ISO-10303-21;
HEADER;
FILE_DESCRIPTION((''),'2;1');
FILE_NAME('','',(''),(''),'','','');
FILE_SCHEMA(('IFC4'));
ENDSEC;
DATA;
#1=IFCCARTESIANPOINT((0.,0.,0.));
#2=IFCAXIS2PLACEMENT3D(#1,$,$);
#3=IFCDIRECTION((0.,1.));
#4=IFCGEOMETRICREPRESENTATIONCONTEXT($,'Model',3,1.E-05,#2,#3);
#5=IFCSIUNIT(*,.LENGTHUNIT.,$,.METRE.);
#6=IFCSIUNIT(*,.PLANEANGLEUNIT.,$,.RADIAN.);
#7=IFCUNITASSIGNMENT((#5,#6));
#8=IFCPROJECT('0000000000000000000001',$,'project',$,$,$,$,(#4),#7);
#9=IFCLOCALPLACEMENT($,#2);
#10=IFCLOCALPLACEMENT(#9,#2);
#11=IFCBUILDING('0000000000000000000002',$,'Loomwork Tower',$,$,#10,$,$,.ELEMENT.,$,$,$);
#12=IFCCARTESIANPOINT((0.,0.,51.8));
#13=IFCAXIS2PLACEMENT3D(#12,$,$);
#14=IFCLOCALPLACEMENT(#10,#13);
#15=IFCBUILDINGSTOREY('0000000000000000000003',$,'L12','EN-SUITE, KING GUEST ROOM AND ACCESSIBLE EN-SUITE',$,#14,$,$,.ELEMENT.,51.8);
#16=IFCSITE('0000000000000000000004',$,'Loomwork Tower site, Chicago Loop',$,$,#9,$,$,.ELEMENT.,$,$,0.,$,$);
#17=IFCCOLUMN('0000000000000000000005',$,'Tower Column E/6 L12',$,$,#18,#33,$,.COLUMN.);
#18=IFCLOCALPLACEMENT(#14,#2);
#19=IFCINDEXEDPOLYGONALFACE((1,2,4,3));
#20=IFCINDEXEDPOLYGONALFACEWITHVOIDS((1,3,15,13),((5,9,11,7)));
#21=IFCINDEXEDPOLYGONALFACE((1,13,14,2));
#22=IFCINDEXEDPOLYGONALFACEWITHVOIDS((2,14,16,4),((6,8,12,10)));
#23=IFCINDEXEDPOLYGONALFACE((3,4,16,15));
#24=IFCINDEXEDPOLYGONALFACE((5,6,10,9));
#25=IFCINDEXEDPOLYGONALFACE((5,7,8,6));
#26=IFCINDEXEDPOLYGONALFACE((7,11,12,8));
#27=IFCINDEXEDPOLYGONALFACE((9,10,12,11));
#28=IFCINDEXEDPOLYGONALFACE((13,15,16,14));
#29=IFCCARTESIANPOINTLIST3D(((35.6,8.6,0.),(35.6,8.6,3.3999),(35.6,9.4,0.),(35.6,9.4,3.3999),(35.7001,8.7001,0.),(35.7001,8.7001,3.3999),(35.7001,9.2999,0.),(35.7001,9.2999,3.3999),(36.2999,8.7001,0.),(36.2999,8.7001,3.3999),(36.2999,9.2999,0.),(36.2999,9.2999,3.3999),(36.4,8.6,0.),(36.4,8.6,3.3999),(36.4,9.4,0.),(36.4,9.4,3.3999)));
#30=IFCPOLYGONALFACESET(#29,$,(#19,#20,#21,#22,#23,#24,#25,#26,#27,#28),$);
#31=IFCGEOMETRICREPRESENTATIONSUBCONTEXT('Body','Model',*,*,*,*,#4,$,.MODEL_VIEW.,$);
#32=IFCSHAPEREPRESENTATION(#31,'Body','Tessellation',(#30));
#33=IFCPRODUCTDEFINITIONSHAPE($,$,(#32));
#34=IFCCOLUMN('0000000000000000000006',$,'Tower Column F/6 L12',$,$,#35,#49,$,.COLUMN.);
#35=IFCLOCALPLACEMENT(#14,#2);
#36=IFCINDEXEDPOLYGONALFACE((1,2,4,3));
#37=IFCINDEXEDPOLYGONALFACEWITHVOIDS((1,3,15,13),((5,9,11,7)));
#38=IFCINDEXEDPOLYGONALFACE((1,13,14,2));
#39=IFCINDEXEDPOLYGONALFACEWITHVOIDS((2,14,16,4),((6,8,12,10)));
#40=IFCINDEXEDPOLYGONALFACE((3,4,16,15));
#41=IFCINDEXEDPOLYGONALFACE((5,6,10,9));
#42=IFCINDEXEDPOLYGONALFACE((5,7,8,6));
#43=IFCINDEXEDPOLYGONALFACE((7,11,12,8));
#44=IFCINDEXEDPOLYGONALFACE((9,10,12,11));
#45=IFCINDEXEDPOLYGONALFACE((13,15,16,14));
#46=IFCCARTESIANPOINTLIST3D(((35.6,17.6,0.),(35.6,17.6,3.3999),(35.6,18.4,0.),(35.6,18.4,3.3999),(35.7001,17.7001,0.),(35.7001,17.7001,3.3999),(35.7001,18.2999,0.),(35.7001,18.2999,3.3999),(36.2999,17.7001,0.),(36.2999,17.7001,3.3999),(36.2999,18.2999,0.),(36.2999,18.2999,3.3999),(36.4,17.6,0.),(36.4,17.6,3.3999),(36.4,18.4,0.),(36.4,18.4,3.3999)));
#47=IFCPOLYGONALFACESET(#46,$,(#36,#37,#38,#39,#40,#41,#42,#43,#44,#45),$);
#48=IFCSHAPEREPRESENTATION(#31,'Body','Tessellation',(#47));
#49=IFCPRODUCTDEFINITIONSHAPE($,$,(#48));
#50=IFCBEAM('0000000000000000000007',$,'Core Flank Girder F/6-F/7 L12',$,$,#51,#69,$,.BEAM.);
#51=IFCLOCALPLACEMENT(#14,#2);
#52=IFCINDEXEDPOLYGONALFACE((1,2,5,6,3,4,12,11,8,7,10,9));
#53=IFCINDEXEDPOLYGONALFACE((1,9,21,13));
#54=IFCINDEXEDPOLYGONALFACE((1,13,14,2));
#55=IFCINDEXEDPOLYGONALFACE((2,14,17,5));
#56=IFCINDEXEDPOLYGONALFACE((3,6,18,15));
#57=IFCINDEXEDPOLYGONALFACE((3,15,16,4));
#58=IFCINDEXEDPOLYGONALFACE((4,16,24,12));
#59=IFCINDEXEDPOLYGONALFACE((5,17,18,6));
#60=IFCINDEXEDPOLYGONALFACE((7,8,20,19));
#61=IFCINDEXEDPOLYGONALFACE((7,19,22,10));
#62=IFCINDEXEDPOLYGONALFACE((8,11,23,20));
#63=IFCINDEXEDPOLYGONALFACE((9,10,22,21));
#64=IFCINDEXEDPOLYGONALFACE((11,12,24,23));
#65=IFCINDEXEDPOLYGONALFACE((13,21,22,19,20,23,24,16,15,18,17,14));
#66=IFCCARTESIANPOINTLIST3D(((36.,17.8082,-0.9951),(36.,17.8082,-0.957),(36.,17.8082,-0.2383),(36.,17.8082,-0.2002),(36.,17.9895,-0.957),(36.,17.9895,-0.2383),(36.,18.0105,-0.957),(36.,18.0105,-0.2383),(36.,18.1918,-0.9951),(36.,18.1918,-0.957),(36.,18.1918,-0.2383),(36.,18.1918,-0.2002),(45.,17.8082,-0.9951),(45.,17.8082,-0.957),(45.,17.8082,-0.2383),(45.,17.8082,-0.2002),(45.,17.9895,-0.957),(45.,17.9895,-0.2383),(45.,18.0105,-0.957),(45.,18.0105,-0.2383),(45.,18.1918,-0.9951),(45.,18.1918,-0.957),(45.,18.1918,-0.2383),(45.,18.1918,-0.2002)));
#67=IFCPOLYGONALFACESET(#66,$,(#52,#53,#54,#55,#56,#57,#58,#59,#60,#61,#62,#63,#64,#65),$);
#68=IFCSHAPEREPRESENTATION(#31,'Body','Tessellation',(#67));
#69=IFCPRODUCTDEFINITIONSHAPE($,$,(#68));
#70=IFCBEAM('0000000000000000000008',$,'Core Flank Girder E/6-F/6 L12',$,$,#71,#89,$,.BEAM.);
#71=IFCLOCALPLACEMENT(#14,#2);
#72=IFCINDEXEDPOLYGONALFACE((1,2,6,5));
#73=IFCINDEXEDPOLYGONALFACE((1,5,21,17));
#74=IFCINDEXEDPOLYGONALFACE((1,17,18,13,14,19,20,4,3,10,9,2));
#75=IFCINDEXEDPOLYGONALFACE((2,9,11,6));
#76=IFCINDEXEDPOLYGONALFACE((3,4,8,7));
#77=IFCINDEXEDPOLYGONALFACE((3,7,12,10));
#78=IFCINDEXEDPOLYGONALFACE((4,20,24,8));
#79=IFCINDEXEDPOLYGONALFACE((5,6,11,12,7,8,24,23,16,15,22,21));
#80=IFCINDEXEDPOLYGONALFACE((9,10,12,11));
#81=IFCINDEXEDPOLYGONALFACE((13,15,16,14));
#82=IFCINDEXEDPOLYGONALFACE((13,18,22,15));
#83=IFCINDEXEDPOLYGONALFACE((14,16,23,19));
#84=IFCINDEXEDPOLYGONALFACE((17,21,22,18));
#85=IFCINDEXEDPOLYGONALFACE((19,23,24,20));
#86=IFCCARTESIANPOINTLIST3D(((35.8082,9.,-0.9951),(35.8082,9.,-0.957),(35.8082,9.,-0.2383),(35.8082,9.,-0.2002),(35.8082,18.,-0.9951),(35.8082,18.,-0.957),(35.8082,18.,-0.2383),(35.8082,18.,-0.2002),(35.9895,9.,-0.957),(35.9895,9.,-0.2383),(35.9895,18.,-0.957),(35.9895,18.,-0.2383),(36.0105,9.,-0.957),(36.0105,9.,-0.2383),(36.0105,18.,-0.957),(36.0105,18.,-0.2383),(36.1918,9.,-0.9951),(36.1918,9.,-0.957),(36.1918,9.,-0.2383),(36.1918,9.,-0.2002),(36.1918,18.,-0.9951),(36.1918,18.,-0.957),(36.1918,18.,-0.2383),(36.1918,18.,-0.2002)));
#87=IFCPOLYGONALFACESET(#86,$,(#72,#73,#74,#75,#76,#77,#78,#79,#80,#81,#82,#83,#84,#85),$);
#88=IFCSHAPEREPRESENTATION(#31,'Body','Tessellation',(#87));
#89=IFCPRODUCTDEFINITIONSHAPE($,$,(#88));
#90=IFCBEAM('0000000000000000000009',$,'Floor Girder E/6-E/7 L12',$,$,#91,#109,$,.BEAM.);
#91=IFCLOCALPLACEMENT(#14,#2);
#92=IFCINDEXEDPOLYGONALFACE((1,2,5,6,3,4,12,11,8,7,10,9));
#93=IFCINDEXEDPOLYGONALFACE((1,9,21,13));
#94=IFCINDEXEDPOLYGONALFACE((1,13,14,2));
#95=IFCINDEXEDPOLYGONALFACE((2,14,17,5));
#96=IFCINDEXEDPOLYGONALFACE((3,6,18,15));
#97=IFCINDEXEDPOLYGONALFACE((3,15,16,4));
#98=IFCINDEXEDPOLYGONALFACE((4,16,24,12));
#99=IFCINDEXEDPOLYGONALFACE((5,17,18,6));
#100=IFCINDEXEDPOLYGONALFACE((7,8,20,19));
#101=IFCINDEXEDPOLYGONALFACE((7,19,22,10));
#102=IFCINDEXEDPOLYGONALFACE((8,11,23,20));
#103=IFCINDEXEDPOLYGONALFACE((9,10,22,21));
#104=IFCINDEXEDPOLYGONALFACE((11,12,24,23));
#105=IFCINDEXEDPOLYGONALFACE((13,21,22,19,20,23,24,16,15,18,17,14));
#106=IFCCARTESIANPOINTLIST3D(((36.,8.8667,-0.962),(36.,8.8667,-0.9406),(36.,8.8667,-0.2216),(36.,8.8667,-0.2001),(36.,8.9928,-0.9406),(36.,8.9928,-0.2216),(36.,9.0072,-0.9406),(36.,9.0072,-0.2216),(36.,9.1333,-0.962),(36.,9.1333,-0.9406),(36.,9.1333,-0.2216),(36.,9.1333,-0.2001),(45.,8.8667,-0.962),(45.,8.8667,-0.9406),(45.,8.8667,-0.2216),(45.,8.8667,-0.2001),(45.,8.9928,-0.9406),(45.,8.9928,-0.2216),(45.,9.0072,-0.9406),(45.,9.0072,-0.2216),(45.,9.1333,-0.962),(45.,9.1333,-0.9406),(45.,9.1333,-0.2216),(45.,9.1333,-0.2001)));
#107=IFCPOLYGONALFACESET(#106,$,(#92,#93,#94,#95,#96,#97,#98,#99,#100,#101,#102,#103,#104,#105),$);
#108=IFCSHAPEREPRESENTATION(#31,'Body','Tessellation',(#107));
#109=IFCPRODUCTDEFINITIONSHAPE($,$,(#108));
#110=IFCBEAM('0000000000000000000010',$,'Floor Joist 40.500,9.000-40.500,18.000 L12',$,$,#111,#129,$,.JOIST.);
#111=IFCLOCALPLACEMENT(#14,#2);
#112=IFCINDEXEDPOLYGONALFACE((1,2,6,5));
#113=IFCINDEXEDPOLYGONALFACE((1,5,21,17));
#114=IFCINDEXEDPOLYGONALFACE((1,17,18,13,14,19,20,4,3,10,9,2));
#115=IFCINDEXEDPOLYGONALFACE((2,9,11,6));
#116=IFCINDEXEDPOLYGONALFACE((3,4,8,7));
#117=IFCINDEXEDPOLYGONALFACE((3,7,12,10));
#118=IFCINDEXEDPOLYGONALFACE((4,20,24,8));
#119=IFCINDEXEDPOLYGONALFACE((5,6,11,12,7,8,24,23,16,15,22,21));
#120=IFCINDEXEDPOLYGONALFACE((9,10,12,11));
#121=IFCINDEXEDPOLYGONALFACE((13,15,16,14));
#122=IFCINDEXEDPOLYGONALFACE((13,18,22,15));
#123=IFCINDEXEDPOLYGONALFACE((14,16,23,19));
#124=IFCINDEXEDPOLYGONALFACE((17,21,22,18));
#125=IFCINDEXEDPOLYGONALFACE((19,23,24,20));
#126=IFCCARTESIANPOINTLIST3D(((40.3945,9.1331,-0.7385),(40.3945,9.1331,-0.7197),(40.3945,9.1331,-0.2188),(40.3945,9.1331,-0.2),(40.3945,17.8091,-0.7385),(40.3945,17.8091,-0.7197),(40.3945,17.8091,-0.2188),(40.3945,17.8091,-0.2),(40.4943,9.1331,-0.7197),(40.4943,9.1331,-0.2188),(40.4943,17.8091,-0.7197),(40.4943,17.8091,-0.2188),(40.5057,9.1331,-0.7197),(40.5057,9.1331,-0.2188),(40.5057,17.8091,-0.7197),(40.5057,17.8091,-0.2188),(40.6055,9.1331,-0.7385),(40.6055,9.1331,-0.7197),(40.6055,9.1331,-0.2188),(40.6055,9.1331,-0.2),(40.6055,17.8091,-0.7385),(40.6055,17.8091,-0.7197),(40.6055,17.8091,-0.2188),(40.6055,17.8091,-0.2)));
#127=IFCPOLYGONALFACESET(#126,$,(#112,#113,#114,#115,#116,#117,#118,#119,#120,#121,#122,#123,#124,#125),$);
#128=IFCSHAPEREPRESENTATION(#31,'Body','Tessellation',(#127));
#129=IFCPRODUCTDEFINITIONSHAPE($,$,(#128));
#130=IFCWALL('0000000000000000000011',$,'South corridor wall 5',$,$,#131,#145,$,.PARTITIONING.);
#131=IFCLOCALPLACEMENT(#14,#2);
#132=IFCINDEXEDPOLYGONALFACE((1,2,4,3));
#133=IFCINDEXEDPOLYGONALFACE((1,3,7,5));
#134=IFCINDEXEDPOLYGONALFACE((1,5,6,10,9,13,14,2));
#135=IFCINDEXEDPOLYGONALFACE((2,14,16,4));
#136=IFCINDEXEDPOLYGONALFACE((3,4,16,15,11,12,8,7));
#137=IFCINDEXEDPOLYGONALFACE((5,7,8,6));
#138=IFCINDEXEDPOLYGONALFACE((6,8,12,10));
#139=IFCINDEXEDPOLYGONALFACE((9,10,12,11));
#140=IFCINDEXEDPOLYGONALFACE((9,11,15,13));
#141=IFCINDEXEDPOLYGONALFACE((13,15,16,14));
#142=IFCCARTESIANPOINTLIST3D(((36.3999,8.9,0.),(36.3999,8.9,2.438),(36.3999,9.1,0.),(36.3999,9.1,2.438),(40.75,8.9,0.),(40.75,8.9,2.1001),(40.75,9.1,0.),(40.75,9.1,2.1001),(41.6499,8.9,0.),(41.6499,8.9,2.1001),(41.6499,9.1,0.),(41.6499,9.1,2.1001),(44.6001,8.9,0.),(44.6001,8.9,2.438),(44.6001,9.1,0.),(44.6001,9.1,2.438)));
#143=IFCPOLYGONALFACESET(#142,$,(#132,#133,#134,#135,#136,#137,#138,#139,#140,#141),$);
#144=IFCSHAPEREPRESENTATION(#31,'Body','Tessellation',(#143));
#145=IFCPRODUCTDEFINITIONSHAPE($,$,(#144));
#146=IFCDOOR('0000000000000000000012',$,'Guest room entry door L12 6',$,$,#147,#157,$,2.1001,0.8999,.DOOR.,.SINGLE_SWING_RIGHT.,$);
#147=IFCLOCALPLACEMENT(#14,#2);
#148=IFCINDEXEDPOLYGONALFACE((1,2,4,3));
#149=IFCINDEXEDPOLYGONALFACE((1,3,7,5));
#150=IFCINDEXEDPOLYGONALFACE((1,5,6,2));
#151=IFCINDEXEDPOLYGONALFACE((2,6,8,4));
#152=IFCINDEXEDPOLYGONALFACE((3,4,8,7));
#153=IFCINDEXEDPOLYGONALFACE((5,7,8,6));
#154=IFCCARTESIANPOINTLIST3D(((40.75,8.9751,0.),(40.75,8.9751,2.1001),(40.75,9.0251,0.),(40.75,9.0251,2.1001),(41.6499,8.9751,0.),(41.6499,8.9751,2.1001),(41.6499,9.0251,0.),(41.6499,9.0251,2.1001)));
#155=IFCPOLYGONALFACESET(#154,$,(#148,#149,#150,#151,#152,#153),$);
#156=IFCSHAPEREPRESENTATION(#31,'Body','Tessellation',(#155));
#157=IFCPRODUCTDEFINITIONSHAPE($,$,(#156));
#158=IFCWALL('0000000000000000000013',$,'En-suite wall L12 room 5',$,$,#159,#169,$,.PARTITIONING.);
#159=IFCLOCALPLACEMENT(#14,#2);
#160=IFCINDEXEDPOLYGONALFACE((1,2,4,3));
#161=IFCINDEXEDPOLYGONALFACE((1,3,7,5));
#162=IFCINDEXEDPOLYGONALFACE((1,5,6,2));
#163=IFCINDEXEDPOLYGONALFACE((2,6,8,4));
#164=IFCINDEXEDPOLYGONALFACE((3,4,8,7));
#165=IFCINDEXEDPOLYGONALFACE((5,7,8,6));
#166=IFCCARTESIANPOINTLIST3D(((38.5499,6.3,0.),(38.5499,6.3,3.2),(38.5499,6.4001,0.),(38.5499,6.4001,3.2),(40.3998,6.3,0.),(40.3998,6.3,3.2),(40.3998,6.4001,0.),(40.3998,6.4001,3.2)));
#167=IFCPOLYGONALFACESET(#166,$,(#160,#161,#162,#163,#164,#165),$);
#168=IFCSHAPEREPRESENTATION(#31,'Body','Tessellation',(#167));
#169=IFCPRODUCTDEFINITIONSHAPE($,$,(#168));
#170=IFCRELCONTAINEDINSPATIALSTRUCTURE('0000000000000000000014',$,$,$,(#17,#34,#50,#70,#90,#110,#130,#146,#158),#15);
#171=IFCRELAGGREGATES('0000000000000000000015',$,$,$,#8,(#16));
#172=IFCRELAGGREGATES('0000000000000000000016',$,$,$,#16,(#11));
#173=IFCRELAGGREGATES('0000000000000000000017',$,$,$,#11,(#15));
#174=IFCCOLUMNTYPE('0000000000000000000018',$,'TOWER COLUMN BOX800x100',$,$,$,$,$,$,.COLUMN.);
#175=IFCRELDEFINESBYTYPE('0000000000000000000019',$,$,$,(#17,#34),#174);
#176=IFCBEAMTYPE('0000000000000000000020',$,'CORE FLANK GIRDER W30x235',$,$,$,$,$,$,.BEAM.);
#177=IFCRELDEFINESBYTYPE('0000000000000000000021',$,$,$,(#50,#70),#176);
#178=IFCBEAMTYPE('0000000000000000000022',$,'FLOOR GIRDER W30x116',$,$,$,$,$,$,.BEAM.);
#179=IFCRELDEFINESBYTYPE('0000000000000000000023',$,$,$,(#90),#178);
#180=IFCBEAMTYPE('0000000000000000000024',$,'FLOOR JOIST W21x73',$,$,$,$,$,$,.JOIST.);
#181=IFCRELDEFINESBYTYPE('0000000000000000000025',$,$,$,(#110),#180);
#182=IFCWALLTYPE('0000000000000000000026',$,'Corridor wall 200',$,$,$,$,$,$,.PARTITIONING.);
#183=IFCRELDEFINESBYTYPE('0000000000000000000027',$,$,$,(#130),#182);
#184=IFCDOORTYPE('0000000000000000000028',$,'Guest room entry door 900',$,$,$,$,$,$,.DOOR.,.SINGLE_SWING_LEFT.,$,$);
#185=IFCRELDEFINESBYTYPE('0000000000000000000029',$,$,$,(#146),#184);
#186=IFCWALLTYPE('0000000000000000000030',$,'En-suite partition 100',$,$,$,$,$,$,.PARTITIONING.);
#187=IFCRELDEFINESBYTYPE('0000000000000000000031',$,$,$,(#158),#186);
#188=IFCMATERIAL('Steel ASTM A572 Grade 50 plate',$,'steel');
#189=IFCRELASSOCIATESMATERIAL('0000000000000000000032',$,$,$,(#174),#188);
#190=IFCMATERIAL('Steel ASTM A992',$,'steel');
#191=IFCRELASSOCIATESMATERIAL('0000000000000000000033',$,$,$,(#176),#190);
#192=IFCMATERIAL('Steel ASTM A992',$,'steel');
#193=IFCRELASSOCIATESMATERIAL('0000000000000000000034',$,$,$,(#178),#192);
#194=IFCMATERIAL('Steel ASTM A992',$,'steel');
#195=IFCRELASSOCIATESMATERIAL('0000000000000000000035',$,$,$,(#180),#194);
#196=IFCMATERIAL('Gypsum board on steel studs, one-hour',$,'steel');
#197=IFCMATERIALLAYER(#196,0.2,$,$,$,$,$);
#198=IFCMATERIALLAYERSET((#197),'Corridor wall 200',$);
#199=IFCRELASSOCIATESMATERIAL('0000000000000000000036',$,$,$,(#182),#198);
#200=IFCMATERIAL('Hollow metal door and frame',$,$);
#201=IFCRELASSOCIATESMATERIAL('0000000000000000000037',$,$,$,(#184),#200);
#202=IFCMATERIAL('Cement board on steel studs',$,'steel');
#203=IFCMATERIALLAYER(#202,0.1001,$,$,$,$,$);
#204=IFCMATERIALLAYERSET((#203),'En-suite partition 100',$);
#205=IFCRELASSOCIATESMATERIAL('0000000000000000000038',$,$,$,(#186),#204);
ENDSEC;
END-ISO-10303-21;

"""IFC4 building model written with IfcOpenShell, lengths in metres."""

from ifc_helpers import new_model, si_unit, direction, frame, frame_2d, origin, origin_2d, place, context, subcontext, project, spatial, rectangle, hollow_rectangle, i_section, extrude, material, layer, layer_set, material_profile, profile_set, type_object, element, fill, save


model = new_model("IFC4")

# Units and contexts
model_context = context("Model", 3, precision=1e-05, world=origin(), true_north=direction((0.0, 1.0)))
body_context = subcontext(model_context, "Body", "Model", "MODEL_VIEW")
ifc_project = project(units=[si_unit("LENGTHUNIT", "METRE"), si_unit("PLANEANGLEUNIT", "RADIAN")], contexts=[model_context])

# Site, building, storey
site_placement = place(None, origin())
site = spatial("IfcSite", under=ifc_project, at=site_placement, Name="Loomwork Tower site, Chicago Loop", CompositionType="ELEMENT", RefElevation=0.0)
building_placement = place(site_placement, origin())
building = spatial("IfcBuilding", under=site, at=building_placement, Name="Loomwork Tower", CompositionType="ELEMENT")
storey_placement = place(building_placement, frame((0.0, 0.0, 51.8)))
storey = spatial("IfcBuildingStorey", under=building, at=storey_placement, Name="L12", Description="EN-SUITE, KING GUEST ROOM AND ACCESSIBLE EN-SUITE", CompositionType="ELEMENT", Elevation=51.8)

# Columns
ifc_material_1 = material(Name="Steel ASTM A572 Grade 50 plate", Category="steel")
ifc_material_profile_1 = material_profile(ifc_material_1, hollow_rectangle(XDim=0.8, YDim=0.8, WallThickness=0.1001, at=origin_2d()), Name="BOX800x100")
ifc_profile_set_1 = profile_set([ifc_material_profile_1], Name="Steel ASTM A572 Grade 50 plate")
column_type = type_object("IfcColumnType", Name="TOWER COLUMN BOX800x100", PredefinedType="COLUMN", material=ifc_profile_set_1)
for number, where, z_axis, x_axis, name in (
    (1, (36.0, 9.0, 0.0), (0.0, 0.0, 1.0), (0.0, 1.0, 0.0), "Tower Column E/6 L12"),
    (2, (36.0, 18.0, 0.0), (0.0, 0.0, 1.0), (0.0, 1.0, 0.0), "Tower Column F/6 L12"),
):
    element("IfcColumn", number, at=place(storey_placement, frame(where, z_axis=z_axis, x_axis=x_axis)), inside=storey, type_object=column_type, Name=name, PredefinedType="COLUMN", context=body_context, shape_type="SweptSolid", body=[
        extrude(hollow_rectangle(XDim=0.8, YDim=0.8, WallThickness=0.1001, at=origin_2d()), origin(), (0.0, 0.0, 1.0), 3.3999),
    ])

# Beams
ifc_material_2 = material(Name="Steel ASTM A992", Category="steel")
ifc_material_profile_2 = material_profile(ifc_material_2, i_section(OverallWidth=0.3835, OverallDepth=0.7949, WebThickness=0.021, FlangeThickness=0.0381, at=origin_2d()), Name="W30x235")
ifc_profile_set_2 = profile_set([ifc_material_profile_2], Name="Steel ASTM A992")
beam_type_1 = type_object("IfcBeamType", Name="CORE FLANK GIRDER W30x235", PredefinedType="BEAM", material=ifc_profile_set_2)
for number, where, z_axis, x_axis, name in (
    (3, (36.0, 18.0, -0.5977), (1.0, 0.0, 0.0), (0.0, 1.0, 0.0), "Core Flank Girder F/6-F/7 L12"),
    (4, (36.0, 9.0, -0.5977), (0.0, 1.0, 0.0), (-1.0, 0.0, 0.0), "Core Flank Girder E/6-F/6 L12"),
):
    element("IfcBeam", number, at=place(storey_placement, frame(where, z_axis=z_axis, x_axis=x_axis)), inside=storey, type_object=beam_type_1, Name=name, PredefinedType="BEAM", context=body_context, shape_type="SweptSolid", body=[
        extrude(i_section(OverallWidth=0.3835, OverallDepth=0.7949, WebThickness=0.021, FlangeThickness=0.0381, at=origin_2d()), origin(), (0.0, 0.0, 1.0), 9.0),
    ])
ifc_material_3 = material(Name="Steel ASTM A992", Category="steel")
ifc_material_profile_3 = material_profile(ifc_material_3, i_section(OverallWidth=0.2666, OverallDepth=0.762, WebThickness=0.0144, FlangeThickness=0.0215, at=origin_2d()), Name="W30x116")
ifc_profile_set_3 = profile_set([ifc_material_profile_3], Name="Steel ASTM A992")
beam_type_2 = type_object("IfcBeamType", Name="FLOOR GIRDER W30x116", PredefinedType="BEAM", material=ifc_profile_set_3)
beam_1_placement = place(storey_placement, frame((36.0, 9.0, -0.5811), z_axis=(1.0, 0.0, 0.0), x_axis=(0.0, 1.0, 0.0)))
element("IfcBeam", 5, at=beam_1_placement, inside=storey, type_object=beam_type_2, Name="Floor Girder E/6-E/7 L12", PredefinedType="BEAM", context=body_context, shape_type="SweptSolid", body=[
    extrude(i_section(OverallWidth=0.2666, OverallDepth=0.762, WebThickness=0.0144, FlangeThickness=0.0215, at=origin_2d()), origin(), (0.0, 0.0, 1.0), 9.0),
])
ifc_material_4 = material(Name="Steel ASTM A992", Category="steel")
ifc_material_profile_4 = material_profile(ifc_material_4, i_section(OverallWidth=0.2109, OverallDepth=0.5386, WebThickness=0.0115, FlangeThickness=0.0188, at=origin_2d()), Name="W21x73")
ifc_profile_set_4 = profile_set([ifc_material_profile_4], Name="Steel ASTM A992")
beam_type_3 = type_object("IfcBeamType", Name="FLOOR JOIST W21x73", PredefinedType="JOIST", material=ifc_profile_set_4)
beam_2_placement = place(storey_placement, frame((40.5, 9.1331, -0.4692), z_axis=(0.0, 1.0, 0.0), x_axis=(-1.0, 0.0, 0.0)))
element("IfcBeam", 6, at=beam_2_placement, inside=storey, type_object=beam_type_3, Name="Floor Joist 40.500,9.000-40.500,18.000 L12", PredefinedType="JOIST", context=body_context, shape_type="SweptSolid", body=[
    extrude(i_section(OverallWidth=0.2109, OverallDepth=0.5386, WebThickness=0.0115, FlangeThickness=0.0188, at=origin_2d()), origin(), (0.0, 0.0, 1.0), 8.676),
])

# Wall, opening, door
ifc_material_5 = material(Name="Gypsum board on steel studs, one-hour", Category="steel")
ifc_layer_1 = layer(ifc_material_5, 0.2)
ifc_layer_set_1 = layer_set([ifc_layer_1], Name="Corridor wall 200")
wall_type_1 = type_object("IfcWallType", Name="Corridor wall 200", PredefinedType="PARTITIONING", material=ifc_layer_set_1)
wall_1_placement = place(storey_placement, frame((36.3999, 9.0, 0.0), z_axis=(0.0, 0.0, 1.0), x_axis=(1.0, 0.0, 0.0)))
wall_1 = element("IfcWall", 7, at=wall_1_placement, inside=storey, type_object=wall_type_1, Name="South corridor wall 5", PredefinedType="PARTITIONING", context=body_context, shape_type="SweptSolid", body=[
    extrude(rectangle(XDim=8.2002, YDim=0.2, at=frame_2d((4.1001, 0.0))), origin(), (0.0, 0.0, 1.0), 2.438),
])
opening_1_placement = place(wall_1_placement, frame((4.3501, 0.0, 0.0)))
opening_1 = element("IfcOpeningElement", 8, at=opening_1_placement, cuts=wall_1, PredefinedType="OPENING", context=body_context, shape_type="SweptSolid", body=[
    extrude(rectangle(XDim=0.8999, YDim=2.1001, at=frame_2d((0.45, 1.05))), frame((0.0, 0.1099, 0.0), z_axis=(0.0, -1.0, 0.0), x_axis=(1.0, 0.0, 0.0)), (0.0, 0.0, 1.0), 0.22),
])
ifc_material_6 = material(Name="Hollow metal door and frame")
door_type_1 = type_object("IfcDoorType", Name="Guest room entry door 900", OperationType="SINGLE_SWING_LEFT", PredefinedType="DOOR", material=ifc_material_6)
door_1_placement = place(opening_1_placement, frame((0.8999, 0.0, 0.0), z_axis=(0.0, 0.0, 1.0), x_axis=(-1.0, 0.0, 0.0)))
door_1 = element("IfcDoor", 9, at=door_1_placement, inside=storey, type_object=door_type_1, Name="Guest room entry door L12 6", OperationType="SINGLE_SWING_RIGHT", OverallHeight=2.1001, OverallWidth=0.8999, PredefinedType="DOOR", context=body_context, shape_type="SweptSolid", body=[
    extrude(rectangle(XDim=0.8999, YDim=2.1001, at=frame_2d((0.45, 1.05))), frame((0.0, 0.0249, 0.0), z_axis=(0.0, -1.0, 0.0), x_axis=(1.0, 0.0, 0.0)), (0.0, 0.0, 1.0), 0.05),
])
fill(opening_1, door_1)

# Wall
ifc_material_7 = material(Name="Cement board on steel studs", Category="steel")
ifc_layer_2 = layer(ifc_material_7, 0.1001)
ifc_layer_set_2 = layer_set([ifc_layer_2], Name="En-suite partition 100")
wall_type_2 = type_object("IfcWallType", Name="En-suite partition 100", PredefinedType="PARTITIONING", material=ifc_layer_set_2)
wall_2_placement = place(storey_placement, frame((38.55, 6.3501, 0.0), z_axis=(0.0, 0.0, 1.0), x_axis=(1.0, 0.0, 0.0)))
element("IfcWall", 10, at=wall_2_placement, inside=storey, type_object=wall_type_2, Name="En-suite wall L12 room 5", PredefinedType="PARTITIONING", context=body_context, shape_type="SweptSolid", body=[
    extrude(rectangle(XDim=1.8499, YDim=0.1001, at=frame_2d((0.9248, 0.0))), origin(), (0.0, 0.0, 1.0), 3.2),
])

save(model, "model.ifc")
